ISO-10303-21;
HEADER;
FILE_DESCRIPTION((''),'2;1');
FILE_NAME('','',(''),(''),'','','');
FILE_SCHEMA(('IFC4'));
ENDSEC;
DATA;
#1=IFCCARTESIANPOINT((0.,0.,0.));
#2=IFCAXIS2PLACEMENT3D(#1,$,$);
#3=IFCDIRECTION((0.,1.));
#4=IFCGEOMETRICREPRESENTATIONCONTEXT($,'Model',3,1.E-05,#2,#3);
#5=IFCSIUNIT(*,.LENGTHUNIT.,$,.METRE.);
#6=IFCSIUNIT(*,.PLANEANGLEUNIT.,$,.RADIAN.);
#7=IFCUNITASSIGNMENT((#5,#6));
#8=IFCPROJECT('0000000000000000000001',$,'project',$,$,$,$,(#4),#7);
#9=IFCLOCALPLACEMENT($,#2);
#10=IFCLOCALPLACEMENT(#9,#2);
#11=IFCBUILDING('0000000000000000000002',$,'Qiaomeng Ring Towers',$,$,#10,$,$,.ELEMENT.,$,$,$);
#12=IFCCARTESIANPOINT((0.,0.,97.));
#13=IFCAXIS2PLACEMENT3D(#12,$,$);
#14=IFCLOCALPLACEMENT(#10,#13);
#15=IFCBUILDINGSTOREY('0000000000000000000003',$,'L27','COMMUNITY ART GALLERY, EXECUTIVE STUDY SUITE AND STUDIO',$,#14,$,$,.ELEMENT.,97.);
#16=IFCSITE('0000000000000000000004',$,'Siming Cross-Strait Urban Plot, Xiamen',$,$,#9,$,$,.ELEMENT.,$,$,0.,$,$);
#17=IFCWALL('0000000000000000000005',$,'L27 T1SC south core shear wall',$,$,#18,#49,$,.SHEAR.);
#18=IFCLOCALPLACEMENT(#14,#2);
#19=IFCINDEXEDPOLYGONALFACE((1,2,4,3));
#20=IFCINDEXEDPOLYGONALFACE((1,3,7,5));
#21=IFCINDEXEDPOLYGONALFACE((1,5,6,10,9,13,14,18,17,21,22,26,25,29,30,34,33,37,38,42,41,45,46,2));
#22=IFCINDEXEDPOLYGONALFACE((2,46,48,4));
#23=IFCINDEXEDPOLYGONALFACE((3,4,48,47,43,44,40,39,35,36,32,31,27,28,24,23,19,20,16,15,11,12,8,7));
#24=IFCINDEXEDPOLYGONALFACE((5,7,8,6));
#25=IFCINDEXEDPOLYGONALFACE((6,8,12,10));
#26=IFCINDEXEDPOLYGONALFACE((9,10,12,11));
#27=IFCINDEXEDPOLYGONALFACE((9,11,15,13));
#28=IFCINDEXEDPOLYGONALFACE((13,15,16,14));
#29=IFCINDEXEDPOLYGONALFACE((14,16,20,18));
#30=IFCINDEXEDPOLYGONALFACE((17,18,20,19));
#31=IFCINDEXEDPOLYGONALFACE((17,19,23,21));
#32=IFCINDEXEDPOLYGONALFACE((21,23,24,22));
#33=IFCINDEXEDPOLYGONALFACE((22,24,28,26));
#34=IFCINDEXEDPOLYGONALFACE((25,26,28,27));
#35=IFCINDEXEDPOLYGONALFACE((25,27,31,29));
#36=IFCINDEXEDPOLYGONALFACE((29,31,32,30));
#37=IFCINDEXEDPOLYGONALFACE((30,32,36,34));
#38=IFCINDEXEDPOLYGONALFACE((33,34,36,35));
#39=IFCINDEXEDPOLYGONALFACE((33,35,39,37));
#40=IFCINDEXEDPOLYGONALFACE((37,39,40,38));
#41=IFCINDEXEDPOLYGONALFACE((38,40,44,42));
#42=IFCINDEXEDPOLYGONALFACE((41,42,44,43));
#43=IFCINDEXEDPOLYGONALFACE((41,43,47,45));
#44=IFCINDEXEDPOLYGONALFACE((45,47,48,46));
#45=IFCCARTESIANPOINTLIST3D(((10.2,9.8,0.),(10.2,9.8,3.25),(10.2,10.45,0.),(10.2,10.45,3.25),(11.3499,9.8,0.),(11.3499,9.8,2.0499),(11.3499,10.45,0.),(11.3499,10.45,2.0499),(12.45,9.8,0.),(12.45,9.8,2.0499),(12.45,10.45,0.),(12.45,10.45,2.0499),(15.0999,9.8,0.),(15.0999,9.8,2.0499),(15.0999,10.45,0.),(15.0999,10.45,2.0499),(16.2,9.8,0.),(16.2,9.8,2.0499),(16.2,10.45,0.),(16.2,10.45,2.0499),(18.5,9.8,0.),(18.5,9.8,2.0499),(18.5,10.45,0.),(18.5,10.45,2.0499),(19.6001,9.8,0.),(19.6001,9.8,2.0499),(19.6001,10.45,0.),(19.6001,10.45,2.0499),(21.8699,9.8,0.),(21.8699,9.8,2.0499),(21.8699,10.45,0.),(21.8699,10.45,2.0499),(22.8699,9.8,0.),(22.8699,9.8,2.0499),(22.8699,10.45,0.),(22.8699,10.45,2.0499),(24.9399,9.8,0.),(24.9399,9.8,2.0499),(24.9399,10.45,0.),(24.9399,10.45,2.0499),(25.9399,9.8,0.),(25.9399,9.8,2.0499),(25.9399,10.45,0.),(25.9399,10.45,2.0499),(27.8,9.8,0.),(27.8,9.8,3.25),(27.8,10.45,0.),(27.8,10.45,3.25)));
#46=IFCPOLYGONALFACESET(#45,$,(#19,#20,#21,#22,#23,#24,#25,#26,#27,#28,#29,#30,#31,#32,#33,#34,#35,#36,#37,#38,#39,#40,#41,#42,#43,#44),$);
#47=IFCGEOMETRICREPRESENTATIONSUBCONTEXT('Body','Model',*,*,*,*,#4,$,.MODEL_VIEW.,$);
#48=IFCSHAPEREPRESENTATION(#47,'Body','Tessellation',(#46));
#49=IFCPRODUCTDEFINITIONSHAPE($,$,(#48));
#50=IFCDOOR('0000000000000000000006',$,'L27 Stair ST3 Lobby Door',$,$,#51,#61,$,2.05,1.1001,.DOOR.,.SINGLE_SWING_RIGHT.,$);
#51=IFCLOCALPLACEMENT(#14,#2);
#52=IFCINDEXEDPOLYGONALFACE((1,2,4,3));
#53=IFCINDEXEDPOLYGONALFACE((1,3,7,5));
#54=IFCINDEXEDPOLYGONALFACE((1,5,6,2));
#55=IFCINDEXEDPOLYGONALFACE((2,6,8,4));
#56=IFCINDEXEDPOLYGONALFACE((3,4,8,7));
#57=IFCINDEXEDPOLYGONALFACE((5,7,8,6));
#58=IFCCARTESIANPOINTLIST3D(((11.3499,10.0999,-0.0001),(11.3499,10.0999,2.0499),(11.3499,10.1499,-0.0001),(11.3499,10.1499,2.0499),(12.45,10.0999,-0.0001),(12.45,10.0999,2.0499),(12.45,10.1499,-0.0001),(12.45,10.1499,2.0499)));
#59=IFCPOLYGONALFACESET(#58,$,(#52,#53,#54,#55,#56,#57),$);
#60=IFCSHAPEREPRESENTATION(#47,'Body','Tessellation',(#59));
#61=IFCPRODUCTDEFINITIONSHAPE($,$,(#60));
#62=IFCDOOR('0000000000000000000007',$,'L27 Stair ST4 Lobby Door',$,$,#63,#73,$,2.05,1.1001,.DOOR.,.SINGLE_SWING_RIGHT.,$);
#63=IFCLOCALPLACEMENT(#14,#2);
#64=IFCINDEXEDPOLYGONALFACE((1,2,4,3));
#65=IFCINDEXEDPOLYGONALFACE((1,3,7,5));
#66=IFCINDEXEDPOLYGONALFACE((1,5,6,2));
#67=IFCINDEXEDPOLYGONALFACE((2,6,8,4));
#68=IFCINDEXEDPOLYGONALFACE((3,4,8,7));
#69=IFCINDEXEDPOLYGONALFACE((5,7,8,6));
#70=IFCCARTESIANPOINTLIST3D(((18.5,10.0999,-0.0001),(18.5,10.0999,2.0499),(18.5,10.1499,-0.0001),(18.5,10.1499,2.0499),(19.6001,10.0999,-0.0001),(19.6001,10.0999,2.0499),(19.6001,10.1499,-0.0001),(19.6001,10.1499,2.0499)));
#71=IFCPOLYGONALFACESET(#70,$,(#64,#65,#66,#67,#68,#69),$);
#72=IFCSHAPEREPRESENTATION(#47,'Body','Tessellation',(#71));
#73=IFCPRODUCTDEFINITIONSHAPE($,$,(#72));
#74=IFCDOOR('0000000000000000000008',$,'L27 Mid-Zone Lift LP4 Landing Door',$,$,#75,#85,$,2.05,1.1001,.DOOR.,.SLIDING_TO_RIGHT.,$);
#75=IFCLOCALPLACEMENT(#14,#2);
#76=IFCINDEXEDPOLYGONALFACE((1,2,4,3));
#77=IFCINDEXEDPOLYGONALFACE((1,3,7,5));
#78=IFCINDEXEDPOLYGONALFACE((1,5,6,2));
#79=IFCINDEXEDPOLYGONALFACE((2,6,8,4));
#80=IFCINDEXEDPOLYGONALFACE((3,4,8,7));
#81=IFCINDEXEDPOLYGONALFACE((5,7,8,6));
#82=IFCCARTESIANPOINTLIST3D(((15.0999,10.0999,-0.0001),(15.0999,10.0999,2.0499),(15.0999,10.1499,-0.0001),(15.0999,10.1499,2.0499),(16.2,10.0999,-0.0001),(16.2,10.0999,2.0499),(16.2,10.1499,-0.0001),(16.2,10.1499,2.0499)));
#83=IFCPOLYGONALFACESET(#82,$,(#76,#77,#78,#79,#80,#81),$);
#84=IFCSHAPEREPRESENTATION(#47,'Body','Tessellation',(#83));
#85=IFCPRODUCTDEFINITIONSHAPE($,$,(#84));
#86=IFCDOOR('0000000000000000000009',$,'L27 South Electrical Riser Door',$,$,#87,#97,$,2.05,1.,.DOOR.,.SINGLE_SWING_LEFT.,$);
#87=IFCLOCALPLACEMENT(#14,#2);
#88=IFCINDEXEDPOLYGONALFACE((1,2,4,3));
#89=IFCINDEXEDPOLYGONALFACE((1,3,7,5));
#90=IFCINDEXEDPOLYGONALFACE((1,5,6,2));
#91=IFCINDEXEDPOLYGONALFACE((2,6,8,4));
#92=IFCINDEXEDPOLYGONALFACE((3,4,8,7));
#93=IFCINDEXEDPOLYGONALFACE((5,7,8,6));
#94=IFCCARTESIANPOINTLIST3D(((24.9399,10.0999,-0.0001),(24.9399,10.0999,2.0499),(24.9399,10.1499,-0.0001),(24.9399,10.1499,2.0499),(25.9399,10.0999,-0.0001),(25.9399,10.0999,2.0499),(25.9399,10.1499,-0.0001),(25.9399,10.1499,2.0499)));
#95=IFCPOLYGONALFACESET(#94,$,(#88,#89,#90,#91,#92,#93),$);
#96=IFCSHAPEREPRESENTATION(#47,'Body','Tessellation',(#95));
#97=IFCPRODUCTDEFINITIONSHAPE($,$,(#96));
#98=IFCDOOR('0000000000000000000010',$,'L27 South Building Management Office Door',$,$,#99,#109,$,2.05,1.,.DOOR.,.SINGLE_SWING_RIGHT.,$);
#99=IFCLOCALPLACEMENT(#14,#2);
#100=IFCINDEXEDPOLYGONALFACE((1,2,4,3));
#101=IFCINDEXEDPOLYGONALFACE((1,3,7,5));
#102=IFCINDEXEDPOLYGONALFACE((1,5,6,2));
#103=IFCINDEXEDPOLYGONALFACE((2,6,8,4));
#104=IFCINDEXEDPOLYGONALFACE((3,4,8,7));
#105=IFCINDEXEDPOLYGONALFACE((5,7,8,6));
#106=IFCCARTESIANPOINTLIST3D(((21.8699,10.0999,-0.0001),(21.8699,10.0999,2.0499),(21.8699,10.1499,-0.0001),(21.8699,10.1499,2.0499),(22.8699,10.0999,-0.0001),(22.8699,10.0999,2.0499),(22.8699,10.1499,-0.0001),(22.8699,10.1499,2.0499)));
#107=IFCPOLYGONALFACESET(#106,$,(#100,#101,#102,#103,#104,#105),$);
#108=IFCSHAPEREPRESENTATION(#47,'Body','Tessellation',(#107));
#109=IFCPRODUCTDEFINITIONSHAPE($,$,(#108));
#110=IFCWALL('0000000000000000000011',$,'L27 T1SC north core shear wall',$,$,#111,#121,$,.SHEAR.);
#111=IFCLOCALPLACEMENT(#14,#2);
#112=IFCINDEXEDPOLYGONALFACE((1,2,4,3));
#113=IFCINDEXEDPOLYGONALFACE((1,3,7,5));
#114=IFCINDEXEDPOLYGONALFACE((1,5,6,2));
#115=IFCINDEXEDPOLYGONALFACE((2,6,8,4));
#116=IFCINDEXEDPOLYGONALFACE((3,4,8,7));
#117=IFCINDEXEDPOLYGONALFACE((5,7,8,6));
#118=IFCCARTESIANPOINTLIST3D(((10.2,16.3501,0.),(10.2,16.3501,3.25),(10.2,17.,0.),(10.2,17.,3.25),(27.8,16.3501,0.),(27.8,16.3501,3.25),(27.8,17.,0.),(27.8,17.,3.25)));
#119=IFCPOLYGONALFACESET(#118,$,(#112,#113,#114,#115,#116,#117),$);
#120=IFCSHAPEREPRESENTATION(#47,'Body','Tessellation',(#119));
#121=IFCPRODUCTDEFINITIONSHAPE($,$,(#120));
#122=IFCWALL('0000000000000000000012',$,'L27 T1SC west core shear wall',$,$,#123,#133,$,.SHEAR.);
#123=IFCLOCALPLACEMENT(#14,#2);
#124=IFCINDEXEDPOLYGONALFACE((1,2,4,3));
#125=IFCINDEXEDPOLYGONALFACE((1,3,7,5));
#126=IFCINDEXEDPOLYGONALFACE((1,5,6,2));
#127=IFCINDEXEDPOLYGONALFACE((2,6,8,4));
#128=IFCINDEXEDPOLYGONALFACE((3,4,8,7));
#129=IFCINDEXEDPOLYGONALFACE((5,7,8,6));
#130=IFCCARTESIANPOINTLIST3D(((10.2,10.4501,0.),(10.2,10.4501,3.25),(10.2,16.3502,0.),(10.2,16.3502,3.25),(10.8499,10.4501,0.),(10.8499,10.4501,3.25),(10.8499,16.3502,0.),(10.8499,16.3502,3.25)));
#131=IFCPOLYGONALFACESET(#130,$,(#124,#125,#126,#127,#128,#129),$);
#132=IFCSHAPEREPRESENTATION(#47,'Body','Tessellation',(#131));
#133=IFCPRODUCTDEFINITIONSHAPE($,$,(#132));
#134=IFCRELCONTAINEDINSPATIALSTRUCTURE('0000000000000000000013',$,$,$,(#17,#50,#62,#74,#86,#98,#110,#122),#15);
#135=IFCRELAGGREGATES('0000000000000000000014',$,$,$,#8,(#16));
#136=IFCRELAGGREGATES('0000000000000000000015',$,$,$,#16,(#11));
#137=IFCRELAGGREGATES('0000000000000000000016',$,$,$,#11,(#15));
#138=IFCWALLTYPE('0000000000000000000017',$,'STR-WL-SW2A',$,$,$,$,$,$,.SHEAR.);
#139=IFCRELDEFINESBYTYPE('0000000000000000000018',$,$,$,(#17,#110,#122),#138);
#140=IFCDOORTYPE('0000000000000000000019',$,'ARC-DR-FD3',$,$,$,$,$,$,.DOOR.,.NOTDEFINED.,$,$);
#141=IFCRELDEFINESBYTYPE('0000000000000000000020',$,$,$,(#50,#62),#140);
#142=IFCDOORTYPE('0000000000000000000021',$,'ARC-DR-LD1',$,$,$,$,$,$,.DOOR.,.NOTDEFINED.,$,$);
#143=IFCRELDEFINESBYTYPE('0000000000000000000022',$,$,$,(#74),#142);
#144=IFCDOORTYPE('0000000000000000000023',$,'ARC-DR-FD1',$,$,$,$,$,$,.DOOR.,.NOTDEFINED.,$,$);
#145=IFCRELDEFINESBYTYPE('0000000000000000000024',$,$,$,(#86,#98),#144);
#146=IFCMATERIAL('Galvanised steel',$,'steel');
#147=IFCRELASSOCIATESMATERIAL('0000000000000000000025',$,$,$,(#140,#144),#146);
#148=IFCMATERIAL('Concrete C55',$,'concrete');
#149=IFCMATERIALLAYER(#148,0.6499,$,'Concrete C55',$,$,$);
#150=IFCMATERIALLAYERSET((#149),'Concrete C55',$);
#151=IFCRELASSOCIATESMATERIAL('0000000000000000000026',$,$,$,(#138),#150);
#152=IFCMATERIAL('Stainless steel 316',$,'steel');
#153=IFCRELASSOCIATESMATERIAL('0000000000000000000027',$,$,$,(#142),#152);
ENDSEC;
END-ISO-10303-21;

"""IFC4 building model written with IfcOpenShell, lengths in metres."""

from ifc_helpers import new_model, si_unit, direction, frame, frame_2d, origin, place, context, subcontext, project, spatial, rectangle, extrude, source, transform, mapped, material, layer, layer_set, type_object, element, fill, save


model = new_model("IFC4")

# Units and contexts
model_context = context("Model", 3, precision=1e-05, world=origin(), true_north=direction((0.0, 1.0)))
body_context = subcontext(model_context, "Body", "Model", "MODEL_VIEW")
ifc_project = project(units=[si_unit("LENGTHUNIT", "METRE"), si_unit("PLANEANGLEUNIT", "RADIAN")], contexts=[model_context])

# Site, building, storey
site_placement = place(None, origin())
site = spatial("IfcSite", under=ifc_project, at=site_placement, Name="Siming Cross-Strait Urban Plot, Xiamen", CompositionType="ELEMENT", RefElevation=0.0)
building_placement = place(site_placement, origin())
building = spatial("IfcBuilding", under=site, at=building_placement, Name="Qiaomeng Ring Towers", CompositionType="ELEMENT")
storey_placement = place(building_placement, frame((0.0, 0.0, 97.0)))
storey = spatial("IfcBuildingStorey", under=building, at=storey_placement, Name="L27", Description="COMMUNITY ART GALLERY, EXECUTIVE STUDY SUITE AND STUDIO", CompositionType="ELEMENT", Elevation=97.0)

# Shared definitions
shared_shape_1 = source(origin(), body_context, "Body", "SweptSolid", [
    extrude(rectangle(XDim=1.0, YDim=2.05, at=frame_2d((0.5, 1.0249))), frame((0.0, 0.0249, 0.0), z_axis=(0.0, -1.0, 0.0), x_axis=(1.0, 0.0, 0.0)), (0.0, 0.0, 1.0), 0.05),
])

# Shared definitions
ifc_material_1 = material(Name="Galvanised steel", Category="steel")
door_type_1 = type_object("IfcDoorType", Name="ARC-DR-FD3", OperationType="NOTDEFINED", PredefinedType="DOOR", material=ifc_material_1)
shared_shape_2 = source(origin(), body_context, "Body", "SweptSolid", [
    extrude(rectangle(XDim=1.1001, YDim=2.05, at=frame_2d((0.55, 1.0249))), frame((0.0, 0.0249, 0.0), z_axis=(0.0, -1.0, 0.0), x_axis=(1.0, 0.0, 0.0)), (0.0, 0.0, 1.0), 0.05),
])

# Wall, openings, doors
ifc_material_2 = material(Name="Concrete C55", Category="concrete")
ifc_layer_1 = layer(ifc_material_2, 0.6499, Name="Concrete C55")
ifc_layer_set_1 = layer_set([ifc_layer_1], Name="Concrete C55")
wall_type_1 = type_object("IfcWallType", Name="STR-WL-SW2A", PredefinedType="SHEAR", material=ifc_layer_set_1)
wall_1_placement = place(storey_placement, frame((10.2, 10.125, 0.0), z_axis=(0.0, 0.0, 1.0), x_axis=(1.0, 0.0, 0.0)))
wall_1 = element("IfcWall", 1, at=wall_1_placement, inside=storey, type_object=wall_type_1, Name="L27 T1SC south core shear wall", PredefinedType="SHEAR", context=body_context, shape_type="SweptSolid", body=[
    extrude(rectangle(XDim=17.6001, YDim=0.6499, at=frame_2d((8.8, 0.0))), origin(), (0.0, 0.0, 1.0), 3.25),
])
opening_1_placement = place(wall_1_placement, frame((1.1499, 0.0, 0.0)))
opening_1 = element("IfcOpeningElement", 2, at=opening_1_placement, cuts=wall_1, PredefinedType="OPENING", context=body_context, shape_type="SweptSolid", body=[
    extrude(rectangle(XDim=1.1001, YDim=2.05, at=frame_2d((0.55, 1.0249))), frame((0.0, 0.335, 0.0), z_axis=(0.0, -1.0, 0.0), x_axis=(1.0, 0.0, 0.0)), (0.0, 0.0, 1.0), 0.6699),
])
opening_2_placement = place(wall_1_placement, frame((8.3, 0.0, 0.0)))
opening_2 = element("IfcOpeningElement", 3, at=opening_2_placement, cuts=wall_1, PredefinedType="OPENING", context=body_context, shape_type="SweptSolid", body=[
    extrude(rectangle(XDim=1.1001, YDim=2.05, at=frame_2d((0.55, 1.0249))), frame((0.0, 0.335, 0.0), z_axis=(0.0, -1.0, 0.0), x_axis=(1.0, 0.0, 0.0)), (0.0, 0.0, 1.0), 0.6699),
])
opening_3_placement = place(wall_1_placement, frame((4.8999, 0.0, 0.0)))
opening_3 = element("IfcOpeningElement", 4, at=opening_3_placement, cuts=wall_1, PredefinedType="OPENING", context=body_context, shape_type="SweptSolid", body=[
    extrude(rectangle(XDim=1.1001, YDim=2.05, at=frame_2d((0.55, 1.0249))), frame((0.0, 0.335, 0.0), z_axis=(0.0, -1.0, 0.0), x_axis=(1.0, 0.0, 0.0)), (0.0, 0.0, 1.0), 0.6699),
])
opening_4_placement = place(wall_1_placement, frame((14.74, 0.0, 0.0)))
opening_4 = element("IfcOpeningElement", 5, at=opening_4_placement, cuts=wall_1, PredefinedType="OPENING", context=body_context, shape_type="SweptSolid", body=[
    extrude(rectangle(XDim=1.0, YDim=2.05, at=frame_2d((0.5, 1.0249))), frame((0.0, 0.335, 0.0), z_axis=(0.0, -1.0, 0.0), x_axis=(1.0, 0.0, 0.0)), (0.0, 0.0, 1.0), 0.6699),
])
opening_5_placement = place(wall_1_placement, frame((11.6699, 0.0, 0.0)))
opening_5 = element("IfcOpeningElement", 6, at=opening_5_placement, cuts=wall_1, PredefinedType="OPENING", context=body_context, shape_type="SweptSolid", body=[
    extrude(rectangle(XDim=1.0, YDim=2.05, at=frame_2d((0.5, 1.0249))), frame((0.0, 0.335, 0.0), z_axis=(0.0, -1.0, 0.0), x_axis=(1.0, 0.0, 0.0)), (0.0, 0.0, 1.0), 0.6699),
])
door_1_placement = place(opening_1_placement, origin())
door_1 = element("IfcDoor", 7, at=door_1_placement, inside=storey, type_object=door_type_1, Name="L27 Stair ST3 Lobby Door", OperationType="SINGLE_SWING_RIGHT", OverallHeight=2.05, OverallWidth=1.1001, PredefinedType="DOOR", context=body_context, shape_type="MappedRepresentation", body=[
    mapped(shared_shape_2, transform((0.0, 0.0, 0.0), x_axis=(1.0, 0.0, 0.0), y_axis=(0.0, 1.0, 0.0), z_axis=(0.0, 0.0, 1.0), scale=1.0)),
])
fill(opening_1, door_1)
door_2_placement = place(opening_2_placement, origin())
door_2 = element("IfcDoor", 8, at=door_2_placement, inside=storey, type_object=door_type_1, Name="L27 Stair ST4 Lobby Door", OperationType="SINGLE_SWING_RIGHT", OverallHeight=2.05, OverallWidth=1.1001, PredefinedType="DOOR", context=body_context, shape_type="MappedRepresentation", body=[
    mapped(shared_shape_2, transform((0.0, 0.0, 0.0), x_axis=(1.0, 0.0, 0.0), y_axis=(0.0, 1.0, 0.0), z_axis=(0.0, 0.0, 1.0), scale=1.0)),
])
fill(opening_2, door_2)
ifc_material_3 = material(Name="Stainless steel 316", Category="steel")
door_type_2 = type_object("IfcDoorType", Name="ARC-DR-LD1", OperationType="NOTDEFINED", PredefinedType="DOOR", material=ifc_material_3)
door_3_placement = place(opening_3_placement, origin())
door_3 = element("IfcDoor", 9, at=door_3_placement, inside=storey, type_object=door_type_2, Name="L27 Mid-Zone Lift LP4 Landing Door", OperationType="SLIDING_TO_RIGHT", OverallHeight=2.05, OverallWidth=1.1001, PredefinedType="DOOR", context=body_context, shape_type="MappedRepresentation", body=[
    mapped(shared_shape_2, transform((0.0, 0.0, 0.0), x_axis=(1.0, 0.0, 0.0), y_axis=(0.0, 1.0, 0.0), z_axis=(0.0, 0.0, 1.0), scale=1.0)),
])
fill(opening_3, door_3)
door_type_3 = type_object("IfcDoorType", Name="ARC-DR-FD1", OperationType="NOTDEFINED", PredefinedType="DOOR", material=ifc_material_1)
door_4_placement = place(opening_4_placement, origin())
door_4 = element("IfcDoor", 10, at=door_4_placement, inside=storey, type_object=door_type_3, Name="L27 South Electrical Riser Door", OperationType="SINGLE_SWING_LEFT", OverallHeight=2.05, OverallWidth=1.0, PredefinedType="DOOR", context=body_context, shape_type="MappedRepresentation", body=[
    mapped(shared_shape_1, transform((0.0, 0.0, 0.0), x_axis=(1.0, 0.0, 0.0), y_axis=(0.0, 1.0, 0.0), z_axis=(0.0, 0.0, 1.0), scale=1.0)),
])
fill(opening_4, door_4)
door_5_placement = place(opening_5_placement, origin())
door_5 = element("IfcDoor", 11, at=door_5_placement, inside=storey, type_object=door_type_3, Name="L27 South Building Management Office Door", OperationType="SINGLE_SWING_RIGHT", OverallHeight=2.05, OverallWidth=1.0, PredefinedType="DOOR", context=body_context, shape_type="MappedRepresentation", body=[
    mapped(shared_shape_1, transform((0.0, 0.0, 0.0), x_axis=(1.0, 0.0, 0.0), y_axis=(0.0, 1.0, 0.0), z_axis=(0.0, 0.0, 1.0), scale=1.0)),
])
fill(opening_5, door_5)

# Walls
wall_2_placement = place(storey_placement, frame((10.2, 16.675, 0.0), z_axis=(0.0, 0.0, 1.0), x_axis=(1.0, 0.0, 0.0)))
element("IfcWall", 12, at=wall_2_placement, inside=storey, type_object=wall_type_1, Name="L27 T1SC north core shear wall", PredefinedType="SHEAR", context=body_context, shape_type="SweptSolid", body=[
    extrude(rectangle(XDim=17.6001, YDim=0.6499, at=frame_2d((8.8, 0.0))), origin(), (0.0, 0.0, 1.0), 3.25),
])
wall_3_placement = place(storey_placement, frame((10.5249, 10.45, 0.0), z_axis=(0.0, 0.0, 1.0), x_axis=(0.0, 1.0, 0.0)))
element("IfcWall", 13, at=wall_3_placement, inside=storey, type_object=wall_type_1, Name="L27 T1SC west core shear wall", PredefinedType="SHEAR", context=body_context, shape_type="SweptSolid", body=[
    extrude(rectangle(XDim=5.9001, YDim=0.6499, at=frame_2d((2.9502, 0.0))), origin(), (0.0, 0.0, 1.0), 3.25),
])

save(model, "model.ifc")
